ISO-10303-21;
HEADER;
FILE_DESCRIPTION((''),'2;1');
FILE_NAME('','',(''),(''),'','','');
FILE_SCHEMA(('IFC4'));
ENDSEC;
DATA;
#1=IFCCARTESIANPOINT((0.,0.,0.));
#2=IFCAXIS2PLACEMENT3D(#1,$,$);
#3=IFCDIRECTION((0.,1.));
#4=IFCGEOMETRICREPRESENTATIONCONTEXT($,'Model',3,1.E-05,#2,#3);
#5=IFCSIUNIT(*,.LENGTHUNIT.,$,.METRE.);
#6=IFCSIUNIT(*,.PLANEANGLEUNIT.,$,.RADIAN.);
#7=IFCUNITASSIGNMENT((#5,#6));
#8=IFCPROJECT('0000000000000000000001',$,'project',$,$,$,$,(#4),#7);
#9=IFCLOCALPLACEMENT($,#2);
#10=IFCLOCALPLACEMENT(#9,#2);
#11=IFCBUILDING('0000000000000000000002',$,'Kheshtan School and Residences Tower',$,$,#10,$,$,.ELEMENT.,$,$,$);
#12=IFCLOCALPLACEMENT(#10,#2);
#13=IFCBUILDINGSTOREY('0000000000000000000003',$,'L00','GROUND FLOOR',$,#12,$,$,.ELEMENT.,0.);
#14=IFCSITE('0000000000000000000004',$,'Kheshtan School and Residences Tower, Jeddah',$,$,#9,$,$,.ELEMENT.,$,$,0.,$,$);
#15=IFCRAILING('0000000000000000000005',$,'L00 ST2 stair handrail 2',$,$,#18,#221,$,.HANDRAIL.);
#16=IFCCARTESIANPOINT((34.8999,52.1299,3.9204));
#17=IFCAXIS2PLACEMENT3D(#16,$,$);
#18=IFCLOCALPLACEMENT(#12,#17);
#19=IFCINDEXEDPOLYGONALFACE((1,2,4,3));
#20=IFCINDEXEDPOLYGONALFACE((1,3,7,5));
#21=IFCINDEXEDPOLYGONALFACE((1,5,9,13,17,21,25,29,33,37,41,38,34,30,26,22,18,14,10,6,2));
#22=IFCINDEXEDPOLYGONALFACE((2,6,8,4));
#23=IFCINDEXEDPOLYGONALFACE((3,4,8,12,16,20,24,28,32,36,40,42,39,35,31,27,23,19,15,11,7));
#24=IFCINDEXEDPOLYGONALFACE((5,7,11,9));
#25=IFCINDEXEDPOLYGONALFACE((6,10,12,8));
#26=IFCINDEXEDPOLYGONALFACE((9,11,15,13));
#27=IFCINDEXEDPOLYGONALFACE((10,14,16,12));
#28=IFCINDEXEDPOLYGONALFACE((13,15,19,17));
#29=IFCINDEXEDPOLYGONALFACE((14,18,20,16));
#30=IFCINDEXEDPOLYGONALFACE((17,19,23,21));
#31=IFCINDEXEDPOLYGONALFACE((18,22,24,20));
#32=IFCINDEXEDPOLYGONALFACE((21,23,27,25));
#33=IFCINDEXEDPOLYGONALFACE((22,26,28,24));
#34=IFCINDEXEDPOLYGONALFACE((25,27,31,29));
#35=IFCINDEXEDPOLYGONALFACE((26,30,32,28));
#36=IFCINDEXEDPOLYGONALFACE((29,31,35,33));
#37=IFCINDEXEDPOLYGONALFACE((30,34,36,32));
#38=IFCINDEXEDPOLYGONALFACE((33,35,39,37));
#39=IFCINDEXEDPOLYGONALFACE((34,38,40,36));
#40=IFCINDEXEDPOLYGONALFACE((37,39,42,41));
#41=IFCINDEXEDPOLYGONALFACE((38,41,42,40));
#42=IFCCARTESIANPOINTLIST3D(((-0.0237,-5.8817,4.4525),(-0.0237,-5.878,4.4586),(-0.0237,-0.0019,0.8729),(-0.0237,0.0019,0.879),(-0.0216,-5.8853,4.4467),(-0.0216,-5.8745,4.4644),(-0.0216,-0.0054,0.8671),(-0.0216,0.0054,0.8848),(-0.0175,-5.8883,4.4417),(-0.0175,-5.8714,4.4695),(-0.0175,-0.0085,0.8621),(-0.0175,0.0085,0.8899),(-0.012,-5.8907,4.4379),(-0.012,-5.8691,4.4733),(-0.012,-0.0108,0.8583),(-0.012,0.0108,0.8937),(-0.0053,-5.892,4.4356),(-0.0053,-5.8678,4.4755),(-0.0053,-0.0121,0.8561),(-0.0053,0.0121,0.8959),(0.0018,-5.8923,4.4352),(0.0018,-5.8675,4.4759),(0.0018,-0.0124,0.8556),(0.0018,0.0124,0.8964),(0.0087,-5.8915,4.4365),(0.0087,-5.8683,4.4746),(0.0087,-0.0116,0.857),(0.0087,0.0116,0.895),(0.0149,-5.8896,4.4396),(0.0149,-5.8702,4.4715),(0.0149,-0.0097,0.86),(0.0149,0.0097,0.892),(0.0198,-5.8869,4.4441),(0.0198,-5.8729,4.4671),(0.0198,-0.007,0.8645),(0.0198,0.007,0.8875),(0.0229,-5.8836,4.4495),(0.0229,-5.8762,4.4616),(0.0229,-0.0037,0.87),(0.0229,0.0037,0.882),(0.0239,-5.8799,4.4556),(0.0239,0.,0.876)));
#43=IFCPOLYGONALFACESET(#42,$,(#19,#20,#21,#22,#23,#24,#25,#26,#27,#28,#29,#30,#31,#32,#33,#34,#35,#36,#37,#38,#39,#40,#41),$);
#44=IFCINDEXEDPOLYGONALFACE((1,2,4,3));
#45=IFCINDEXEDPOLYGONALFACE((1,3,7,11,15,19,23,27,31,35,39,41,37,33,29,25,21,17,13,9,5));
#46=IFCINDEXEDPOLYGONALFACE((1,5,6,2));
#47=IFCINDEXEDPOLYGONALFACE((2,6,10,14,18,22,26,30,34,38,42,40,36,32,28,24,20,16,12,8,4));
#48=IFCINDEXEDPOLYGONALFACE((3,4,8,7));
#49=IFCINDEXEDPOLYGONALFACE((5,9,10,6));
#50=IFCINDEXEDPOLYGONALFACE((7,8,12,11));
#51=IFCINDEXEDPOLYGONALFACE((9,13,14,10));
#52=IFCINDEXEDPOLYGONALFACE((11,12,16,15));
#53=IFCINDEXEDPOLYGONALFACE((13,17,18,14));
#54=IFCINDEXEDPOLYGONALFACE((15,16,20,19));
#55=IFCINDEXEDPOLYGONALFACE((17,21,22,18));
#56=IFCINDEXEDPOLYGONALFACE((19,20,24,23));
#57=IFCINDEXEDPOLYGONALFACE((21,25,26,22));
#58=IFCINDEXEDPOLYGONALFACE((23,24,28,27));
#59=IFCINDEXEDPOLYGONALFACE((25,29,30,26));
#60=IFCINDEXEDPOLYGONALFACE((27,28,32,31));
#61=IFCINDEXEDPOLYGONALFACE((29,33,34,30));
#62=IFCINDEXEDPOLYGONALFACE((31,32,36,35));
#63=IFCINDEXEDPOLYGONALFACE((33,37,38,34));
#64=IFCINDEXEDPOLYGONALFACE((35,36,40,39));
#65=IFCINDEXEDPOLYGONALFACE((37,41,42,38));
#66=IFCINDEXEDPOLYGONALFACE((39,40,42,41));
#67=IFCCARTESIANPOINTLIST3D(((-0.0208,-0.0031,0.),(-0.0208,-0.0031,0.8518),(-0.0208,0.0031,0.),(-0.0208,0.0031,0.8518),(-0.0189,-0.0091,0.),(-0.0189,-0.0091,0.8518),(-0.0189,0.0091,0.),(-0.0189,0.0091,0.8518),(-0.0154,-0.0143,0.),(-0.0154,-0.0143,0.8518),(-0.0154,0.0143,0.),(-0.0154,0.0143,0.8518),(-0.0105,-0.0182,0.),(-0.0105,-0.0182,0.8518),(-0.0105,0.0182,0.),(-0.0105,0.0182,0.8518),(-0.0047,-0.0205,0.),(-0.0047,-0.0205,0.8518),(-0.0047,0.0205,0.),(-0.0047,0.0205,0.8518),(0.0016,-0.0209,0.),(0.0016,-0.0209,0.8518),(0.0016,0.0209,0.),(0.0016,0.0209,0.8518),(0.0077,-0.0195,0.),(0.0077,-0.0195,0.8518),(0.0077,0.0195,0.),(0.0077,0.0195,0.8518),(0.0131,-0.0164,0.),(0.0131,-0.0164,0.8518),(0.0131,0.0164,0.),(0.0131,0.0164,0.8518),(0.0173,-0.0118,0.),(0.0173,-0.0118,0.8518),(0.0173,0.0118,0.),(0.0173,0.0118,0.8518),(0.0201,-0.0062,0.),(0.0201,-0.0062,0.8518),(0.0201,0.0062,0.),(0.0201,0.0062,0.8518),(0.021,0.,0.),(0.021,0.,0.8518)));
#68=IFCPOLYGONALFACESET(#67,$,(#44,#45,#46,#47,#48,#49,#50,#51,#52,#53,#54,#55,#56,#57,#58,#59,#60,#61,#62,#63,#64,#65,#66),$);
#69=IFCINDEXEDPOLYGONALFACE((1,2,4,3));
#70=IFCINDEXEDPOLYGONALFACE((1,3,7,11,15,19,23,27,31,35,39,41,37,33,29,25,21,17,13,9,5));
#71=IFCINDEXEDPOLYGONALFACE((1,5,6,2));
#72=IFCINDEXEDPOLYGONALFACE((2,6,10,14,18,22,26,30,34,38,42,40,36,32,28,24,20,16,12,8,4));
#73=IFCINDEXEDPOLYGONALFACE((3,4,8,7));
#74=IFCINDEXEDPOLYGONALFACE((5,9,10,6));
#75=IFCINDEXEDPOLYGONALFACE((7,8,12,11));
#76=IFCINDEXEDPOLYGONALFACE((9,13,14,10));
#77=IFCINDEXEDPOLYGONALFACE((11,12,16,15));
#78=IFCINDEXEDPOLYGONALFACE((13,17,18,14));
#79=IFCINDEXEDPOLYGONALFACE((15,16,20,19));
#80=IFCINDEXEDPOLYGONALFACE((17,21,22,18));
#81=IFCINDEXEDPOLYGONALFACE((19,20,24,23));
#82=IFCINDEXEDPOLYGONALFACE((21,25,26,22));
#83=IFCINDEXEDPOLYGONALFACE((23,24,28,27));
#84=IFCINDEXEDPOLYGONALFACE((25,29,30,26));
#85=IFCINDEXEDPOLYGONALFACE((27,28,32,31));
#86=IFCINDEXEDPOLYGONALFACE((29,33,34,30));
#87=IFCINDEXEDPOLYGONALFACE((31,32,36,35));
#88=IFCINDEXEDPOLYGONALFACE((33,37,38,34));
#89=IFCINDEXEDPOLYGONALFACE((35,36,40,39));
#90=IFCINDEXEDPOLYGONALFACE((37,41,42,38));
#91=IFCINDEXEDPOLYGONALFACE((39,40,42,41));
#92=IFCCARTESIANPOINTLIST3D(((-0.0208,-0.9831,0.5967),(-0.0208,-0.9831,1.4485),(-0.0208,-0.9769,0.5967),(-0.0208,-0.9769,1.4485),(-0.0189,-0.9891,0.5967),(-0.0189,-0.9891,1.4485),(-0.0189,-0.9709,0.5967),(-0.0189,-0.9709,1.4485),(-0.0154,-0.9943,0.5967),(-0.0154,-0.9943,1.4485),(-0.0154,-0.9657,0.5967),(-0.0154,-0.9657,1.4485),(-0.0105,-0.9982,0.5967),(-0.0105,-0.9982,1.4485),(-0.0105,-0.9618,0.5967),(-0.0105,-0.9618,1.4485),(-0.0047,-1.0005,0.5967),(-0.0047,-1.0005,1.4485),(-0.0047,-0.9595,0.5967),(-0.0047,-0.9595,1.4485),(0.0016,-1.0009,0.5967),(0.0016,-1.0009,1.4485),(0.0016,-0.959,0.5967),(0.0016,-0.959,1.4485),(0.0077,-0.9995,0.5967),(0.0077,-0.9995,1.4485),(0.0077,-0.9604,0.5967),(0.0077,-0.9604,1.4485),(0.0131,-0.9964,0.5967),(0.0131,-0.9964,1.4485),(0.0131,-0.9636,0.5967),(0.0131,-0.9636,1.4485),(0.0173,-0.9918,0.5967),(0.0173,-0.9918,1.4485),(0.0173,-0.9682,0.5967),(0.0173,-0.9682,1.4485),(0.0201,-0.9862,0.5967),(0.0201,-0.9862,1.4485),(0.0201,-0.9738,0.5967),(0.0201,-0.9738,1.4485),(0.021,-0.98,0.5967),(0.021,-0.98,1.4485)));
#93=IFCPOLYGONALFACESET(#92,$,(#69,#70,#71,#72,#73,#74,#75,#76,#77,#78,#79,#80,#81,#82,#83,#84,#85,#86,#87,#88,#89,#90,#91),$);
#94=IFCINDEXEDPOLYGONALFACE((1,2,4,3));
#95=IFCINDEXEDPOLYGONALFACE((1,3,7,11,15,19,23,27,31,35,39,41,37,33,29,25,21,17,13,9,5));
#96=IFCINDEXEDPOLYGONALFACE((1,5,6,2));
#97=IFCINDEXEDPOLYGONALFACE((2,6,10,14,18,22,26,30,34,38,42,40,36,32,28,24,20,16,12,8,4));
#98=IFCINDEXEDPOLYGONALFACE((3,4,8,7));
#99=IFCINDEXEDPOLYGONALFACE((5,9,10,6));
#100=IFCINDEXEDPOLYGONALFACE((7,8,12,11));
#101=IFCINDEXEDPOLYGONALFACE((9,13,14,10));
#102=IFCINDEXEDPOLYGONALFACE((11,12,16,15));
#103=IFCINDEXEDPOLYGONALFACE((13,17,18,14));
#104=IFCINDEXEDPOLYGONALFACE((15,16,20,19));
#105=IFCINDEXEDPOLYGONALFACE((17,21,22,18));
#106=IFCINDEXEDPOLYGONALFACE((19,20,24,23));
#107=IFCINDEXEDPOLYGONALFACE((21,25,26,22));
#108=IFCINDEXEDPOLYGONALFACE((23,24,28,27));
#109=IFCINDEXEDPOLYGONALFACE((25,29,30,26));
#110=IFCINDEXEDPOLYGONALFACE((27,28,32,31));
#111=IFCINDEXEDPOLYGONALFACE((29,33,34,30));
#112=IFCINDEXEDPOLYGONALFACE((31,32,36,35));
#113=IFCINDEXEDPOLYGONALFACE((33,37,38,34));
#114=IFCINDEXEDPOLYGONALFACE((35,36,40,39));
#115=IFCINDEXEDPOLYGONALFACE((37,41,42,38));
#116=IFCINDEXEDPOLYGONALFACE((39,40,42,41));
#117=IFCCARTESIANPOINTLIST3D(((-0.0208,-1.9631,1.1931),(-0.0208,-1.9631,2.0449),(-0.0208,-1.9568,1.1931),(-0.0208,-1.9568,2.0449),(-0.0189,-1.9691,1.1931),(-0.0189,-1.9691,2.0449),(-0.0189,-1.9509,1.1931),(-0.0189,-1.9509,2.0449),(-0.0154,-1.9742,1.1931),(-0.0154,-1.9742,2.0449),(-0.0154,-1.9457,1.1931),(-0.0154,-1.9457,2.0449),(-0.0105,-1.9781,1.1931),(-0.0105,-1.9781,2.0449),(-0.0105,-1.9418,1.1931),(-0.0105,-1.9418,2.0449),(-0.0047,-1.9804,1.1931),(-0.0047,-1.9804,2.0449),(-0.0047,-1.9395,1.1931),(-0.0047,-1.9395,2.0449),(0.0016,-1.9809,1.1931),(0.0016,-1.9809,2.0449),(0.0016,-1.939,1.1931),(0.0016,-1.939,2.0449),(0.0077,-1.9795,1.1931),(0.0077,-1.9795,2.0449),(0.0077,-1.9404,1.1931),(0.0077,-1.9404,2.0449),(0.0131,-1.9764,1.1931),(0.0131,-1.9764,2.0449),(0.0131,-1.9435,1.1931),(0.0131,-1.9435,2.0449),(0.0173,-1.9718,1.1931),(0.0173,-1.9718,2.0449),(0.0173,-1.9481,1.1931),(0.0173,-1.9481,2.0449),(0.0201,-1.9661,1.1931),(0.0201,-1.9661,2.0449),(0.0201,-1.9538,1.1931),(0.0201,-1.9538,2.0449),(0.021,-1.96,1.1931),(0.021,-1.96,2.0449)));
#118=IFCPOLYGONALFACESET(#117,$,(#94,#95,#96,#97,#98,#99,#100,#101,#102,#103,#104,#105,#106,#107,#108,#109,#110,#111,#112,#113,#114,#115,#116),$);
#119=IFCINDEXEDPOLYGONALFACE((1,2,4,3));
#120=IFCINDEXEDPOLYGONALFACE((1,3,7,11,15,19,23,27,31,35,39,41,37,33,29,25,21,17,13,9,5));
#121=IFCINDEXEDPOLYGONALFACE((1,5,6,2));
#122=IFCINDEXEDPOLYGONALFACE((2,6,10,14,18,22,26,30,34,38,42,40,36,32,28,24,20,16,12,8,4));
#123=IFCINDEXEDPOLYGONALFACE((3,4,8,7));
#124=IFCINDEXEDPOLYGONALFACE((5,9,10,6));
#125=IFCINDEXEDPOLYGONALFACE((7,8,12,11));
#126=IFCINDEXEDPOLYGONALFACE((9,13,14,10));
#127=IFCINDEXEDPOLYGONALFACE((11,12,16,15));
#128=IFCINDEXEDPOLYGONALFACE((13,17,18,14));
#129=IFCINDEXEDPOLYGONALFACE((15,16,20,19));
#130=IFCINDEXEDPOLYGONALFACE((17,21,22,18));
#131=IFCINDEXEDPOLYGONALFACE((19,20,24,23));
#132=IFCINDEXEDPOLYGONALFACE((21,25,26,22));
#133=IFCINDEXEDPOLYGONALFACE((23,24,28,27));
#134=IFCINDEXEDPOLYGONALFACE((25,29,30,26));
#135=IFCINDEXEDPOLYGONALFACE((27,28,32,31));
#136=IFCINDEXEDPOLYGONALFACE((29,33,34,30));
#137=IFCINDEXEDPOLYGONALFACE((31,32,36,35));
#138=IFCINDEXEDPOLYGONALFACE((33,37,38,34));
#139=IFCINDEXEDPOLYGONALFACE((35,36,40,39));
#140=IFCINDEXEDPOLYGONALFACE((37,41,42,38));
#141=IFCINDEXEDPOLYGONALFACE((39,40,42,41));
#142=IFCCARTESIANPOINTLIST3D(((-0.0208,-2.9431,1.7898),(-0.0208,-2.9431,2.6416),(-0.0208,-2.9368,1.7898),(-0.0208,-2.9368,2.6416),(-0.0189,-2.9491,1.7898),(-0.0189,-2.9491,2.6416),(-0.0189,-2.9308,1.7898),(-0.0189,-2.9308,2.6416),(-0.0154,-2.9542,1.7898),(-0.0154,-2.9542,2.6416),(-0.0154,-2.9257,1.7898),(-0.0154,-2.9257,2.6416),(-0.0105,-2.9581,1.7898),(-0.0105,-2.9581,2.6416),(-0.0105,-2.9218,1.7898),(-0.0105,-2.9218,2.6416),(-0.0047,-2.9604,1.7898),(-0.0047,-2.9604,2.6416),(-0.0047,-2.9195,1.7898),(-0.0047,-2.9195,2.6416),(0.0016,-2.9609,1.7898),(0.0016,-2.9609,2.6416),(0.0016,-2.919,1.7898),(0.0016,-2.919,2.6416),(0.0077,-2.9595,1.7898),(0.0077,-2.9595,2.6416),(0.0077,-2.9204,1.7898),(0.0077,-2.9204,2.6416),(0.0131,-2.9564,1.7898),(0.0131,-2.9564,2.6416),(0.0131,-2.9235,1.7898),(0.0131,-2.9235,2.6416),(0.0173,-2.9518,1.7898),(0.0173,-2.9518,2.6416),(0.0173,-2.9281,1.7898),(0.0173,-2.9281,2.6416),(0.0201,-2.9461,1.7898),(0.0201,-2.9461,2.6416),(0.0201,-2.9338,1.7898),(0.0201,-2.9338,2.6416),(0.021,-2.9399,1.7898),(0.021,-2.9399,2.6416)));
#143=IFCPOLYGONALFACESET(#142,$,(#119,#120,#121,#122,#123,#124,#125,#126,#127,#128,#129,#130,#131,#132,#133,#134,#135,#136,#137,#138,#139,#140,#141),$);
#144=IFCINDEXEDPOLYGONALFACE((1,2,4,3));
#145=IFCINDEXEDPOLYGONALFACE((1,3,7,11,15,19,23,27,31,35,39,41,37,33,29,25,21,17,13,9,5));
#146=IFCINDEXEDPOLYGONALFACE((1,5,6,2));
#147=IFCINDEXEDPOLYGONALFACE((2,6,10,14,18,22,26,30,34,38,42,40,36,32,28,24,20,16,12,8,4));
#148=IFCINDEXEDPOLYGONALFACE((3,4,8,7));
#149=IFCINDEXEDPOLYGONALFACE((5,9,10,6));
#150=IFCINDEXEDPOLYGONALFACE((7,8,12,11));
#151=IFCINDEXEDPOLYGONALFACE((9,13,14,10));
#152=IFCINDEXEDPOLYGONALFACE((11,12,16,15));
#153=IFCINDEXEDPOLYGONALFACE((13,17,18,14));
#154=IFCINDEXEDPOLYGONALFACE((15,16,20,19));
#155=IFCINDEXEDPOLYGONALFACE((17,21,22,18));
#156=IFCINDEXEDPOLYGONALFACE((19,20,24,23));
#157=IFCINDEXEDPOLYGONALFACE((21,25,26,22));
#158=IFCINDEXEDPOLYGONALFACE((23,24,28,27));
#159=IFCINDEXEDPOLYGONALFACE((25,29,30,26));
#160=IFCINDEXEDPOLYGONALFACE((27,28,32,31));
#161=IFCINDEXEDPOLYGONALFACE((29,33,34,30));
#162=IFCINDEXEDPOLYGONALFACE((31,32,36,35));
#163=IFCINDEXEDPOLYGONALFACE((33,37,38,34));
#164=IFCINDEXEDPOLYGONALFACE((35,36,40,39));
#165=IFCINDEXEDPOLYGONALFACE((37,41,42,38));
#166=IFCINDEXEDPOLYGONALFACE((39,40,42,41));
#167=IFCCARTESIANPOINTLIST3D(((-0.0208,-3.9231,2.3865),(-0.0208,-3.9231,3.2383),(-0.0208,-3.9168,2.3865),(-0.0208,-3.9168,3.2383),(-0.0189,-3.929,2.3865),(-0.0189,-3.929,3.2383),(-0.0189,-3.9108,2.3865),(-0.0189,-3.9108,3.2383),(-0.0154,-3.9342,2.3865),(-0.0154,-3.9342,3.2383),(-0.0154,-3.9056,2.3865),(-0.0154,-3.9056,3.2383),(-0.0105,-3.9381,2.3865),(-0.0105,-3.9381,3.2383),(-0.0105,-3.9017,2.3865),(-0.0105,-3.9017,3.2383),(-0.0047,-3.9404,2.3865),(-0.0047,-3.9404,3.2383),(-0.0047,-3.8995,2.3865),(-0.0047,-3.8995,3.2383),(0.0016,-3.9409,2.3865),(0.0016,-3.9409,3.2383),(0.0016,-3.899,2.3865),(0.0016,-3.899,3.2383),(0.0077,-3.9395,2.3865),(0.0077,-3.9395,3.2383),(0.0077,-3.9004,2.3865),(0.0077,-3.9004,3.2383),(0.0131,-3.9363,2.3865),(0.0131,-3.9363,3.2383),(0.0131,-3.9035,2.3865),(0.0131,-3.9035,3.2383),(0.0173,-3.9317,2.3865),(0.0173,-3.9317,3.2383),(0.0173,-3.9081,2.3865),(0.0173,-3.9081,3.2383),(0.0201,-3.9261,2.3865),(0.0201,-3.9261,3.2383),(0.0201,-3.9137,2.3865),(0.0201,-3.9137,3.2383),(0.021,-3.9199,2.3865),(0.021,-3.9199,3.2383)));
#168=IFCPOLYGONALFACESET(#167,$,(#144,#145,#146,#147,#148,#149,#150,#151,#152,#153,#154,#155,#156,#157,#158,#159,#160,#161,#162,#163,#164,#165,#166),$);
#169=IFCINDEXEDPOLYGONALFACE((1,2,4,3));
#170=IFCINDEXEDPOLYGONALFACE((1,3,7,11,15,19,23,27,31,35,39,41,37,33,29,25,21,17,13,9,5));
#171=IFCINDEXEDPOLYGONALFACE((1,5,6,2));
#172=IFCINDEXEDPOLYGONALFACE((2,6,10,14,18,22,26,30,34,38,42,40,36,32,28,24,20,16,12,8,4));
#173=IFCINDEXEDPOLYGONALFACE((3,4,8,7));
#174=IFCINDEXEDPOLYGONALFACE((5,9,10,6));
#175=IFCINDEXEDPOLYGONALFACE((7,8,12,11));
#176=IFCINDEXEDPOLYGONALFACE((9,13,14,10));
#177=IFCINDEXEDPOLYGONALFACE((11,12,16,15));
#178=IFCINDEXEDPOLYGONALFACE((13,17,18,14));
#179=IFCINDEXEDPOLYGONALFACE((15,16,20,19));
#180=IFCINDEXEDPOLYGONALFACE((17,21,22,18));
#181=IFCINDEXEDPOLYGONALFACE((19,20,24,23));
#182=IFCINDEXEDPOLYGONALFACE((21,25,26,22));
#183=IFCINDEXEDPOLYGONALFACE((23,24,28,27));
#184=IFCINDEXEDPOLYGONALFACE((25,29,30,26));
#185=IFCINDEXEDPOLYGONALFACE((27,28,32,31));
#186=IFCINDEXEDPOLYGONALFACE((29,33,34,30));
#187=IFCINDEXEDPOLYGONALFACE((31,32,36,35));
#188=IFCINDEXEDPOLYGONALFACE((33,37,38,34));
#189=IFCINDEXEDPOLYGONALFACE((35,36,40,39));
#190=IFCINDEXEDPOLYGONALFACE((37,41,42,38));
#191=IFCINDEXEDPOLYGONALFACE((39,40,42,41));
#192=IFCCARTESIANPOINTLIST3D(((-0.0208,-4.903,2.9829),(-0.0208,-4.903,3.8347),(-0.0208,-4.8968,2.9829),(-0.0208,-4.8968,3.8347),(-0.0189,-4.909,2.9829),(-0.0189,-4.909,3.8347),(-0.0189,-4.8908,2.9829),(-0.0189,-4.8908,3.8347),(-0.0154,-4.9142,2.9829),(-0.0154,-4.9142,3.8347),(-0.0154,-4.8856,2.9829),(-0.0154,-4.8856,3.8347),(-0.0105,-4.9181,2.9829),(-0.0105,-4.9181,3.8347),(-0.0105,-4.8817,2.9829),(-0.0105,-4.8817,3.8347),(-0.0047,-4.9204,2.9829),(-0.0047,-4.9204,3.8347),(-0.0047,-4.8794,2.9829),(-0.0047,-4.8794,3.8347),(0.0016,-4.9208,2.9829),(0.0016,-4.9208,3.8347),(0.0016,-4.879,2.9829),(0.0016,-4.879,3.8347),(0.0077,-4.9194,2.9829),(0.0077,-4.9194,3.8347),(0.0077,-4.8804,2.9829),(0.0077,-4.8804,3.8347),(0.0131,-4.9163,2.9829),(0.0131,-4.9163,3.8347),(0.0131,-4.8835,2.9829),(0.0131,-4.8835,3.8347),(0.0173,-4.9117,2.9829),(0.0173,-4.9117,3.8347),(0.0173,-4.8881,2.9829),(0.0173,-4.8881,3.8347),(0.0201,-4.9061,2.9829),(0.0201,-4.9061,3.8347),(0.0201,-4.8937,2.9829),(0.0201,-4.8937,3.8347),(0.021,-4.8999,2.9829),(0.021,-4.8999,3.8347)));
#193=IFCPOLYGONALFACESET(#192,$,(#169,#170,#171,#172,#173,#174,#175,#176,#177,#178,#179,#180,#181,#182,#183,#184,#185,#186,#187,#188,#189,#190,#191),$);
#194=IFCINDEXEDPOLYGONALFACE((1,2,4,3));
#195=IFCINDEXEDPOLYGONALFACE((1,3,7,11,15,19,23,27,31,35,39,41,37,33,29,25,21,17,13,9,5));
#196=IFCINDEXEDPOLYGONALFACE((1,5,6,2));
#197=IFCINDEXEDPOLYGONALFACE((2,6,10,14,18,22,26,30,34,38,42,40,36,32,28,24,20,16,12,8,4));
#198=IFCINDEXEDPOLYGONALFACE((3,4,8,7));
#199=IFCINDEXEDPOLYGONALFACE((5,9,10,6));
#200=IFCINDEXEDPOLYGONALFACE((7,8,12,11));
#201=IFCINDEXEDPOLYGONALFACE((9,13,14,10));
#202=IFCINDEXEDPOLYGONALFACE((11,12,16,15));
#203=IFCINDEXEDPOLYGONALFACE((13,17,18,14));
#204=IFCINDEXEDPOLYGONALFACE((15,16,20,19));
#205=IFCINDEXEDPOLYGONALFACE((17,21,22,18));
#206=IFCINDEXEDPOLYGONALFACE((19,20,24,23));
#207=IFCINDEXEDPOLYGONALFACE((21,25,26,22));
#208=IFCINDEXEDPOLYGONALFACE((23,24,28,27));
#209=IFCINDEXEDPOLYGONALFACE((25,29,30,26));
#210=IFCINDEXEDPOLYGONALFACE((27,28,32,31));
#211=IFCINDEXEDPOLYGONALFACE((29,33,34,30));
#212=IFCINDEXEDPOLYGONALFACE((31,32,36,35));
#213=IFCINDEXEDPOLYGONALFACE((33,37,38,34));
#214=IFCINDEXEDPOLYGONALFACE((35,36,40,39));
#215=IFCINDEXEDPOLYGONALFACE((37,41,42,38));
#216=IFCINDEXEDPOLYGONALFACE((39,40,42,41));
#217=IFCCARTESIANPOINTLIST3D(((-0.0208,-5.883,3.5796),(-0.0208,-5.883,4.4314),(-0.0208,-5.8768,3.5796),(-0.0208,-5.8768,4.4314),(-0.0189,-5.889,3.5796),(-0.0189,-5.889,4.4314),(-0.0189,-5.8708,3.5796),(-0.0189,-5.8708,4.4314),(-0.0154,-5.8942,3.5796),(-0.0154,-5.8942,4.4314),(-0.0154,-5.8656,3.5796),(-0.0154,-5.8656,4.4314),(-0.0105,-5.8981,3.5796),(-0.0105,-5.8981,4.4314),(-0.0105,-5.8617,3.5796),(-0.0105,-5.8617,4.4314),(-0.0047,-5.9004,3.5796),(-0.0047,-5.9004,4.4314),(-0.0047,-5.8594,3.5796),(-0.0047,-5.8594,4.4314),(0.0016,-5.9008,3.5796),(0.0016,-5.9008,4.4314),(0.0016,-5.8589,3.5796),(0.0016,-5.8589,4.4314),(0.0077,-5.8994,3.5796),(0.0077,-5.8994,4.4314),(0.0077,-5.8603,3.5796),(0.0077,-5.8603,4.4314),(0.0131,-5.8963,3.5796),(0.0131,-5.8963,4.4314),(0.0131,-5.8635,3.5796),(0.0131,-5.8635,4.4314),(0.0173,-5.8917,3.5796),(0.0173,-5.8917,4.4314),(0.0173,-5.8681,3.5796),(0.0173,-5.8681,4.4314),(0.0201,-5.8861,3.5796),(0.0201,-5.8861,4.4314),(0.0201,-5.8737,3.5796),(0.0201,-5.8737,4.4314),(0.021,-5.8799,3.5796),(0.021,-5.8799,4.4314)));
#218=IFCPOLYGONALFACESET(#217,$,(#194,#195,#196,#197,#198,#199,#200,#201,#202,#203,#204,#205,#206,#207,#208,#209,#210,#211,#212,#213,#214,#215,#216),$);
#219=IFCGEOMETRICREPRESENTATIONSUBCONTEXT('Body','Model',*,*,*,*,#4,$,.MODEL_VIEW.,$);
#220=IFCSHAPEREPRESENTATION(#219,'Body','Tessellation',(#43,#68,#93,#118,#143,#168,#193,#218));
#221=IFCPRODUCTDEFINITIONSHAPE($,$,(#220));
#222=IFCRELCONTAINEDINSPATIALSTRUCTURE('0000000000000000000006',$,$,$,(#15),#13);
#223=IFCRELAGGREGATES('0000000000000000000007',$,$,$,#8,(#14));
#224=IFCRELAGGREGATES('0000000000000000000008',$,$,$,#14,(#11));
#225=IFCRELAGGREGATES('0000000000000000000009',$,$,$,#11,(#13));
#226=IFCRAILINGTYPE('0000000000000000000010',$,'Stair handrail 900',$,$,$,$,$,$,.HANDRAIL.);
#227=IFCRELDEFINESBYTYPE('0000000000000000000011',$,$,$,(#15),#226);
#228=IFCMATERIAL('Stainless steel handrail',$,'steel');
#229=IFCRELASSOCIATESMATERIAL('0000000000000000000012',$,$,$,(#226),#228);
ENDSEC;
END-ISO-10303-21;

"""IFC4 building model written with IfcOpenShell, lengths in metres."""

from ifc_helpers import new_model, si_unit, direction, frame, origin, origin_2d, place, context, subcontext, project, spatial, circle, extrude, material, type_object, element, save


model = new_model("IFC4")

# Units and contexts
model_context = context("Model", 3, precision=1e-05, world=origin(), true_north=direction((0.0, 1.0)))
body_context = subcontext(model_context, "Body", "Model", "MODEL_VIEW")
ifc_project = project(units=[si_unit("LENGTHUNIT", "METRE"), si_unit("PLANEANGLEUNIT", "RADIAN")], contexts=[model_context])

# Site, building, storey
site_placement = place(None, origin())
site = spatial("IfcSite", under=ifc_project, at=site_placement, Name="Kheshtan School and Residences Tower, Jeddah", CompositionType="ELEMENT", RefElevation=0.0)
building_placement = place(site_placement, origin())
building = spatial("IfcBuilding", under=site, at=building_placement, Name="Kheshtan School and Residences Tower", CompositionType="ELEMENT")
storey_placement = place(building_placement, origin())
storey = spatial("IfcBuildingStorey", under=building, at=storey_placement, Name="L00", Description="GROUND FLOOR", CompositionType="ELEMENT", Elevation=0.0)

# Railing
ifc_material_1 = material(Name="Stainless steel handrail", Category="steel")
railing_type_1 = type_object("IfcRailingType", Name="Stair handrail 900", PredefinedType="HANDRAIL", material=ifc_material_1)
railing_1_placement = place(storey_placement, frame((34.8999, 52.1299, 3.9204)))
element("IfcRailing", 1, at=railing_1_placement, inside=storey, type_object=railing_type_1, Name="L00 ST2 stair handrail 2", PredefinedType="HANDRAIL", context=body_context, shape_type="SweptSolid", body=[
    extrude(circle(Radius=0.0239, at=origin_2d()), frame((0.0, 0.0, 0.876), z_axis=(0.0, -0.854164, 0.520003), x_axis=(1.0, 0.0, 0.0)), (0.0, 0.0, 1.0), 6.8838),
    extrude(circle(Radius=0.021, at=origin_2d()), origin(), (0.0, 0.0, 1.0), 0.8518),
    extrude(circle(Radius=0.021, at=origin_2d()), frame((0.0, -0.98, 0.5967)), (0.0, 0.0, 1.0), 0.8518),
    extrude(circle(Radius=0.021, at=origin_2d()), frame((0.0, -1.96, 1.1931)), (0.0, 0.0, 1.0), 0.8518),
    extrude(circle(Radius=0.021, at=origin_2d()), frame((0.0, -2.9399, 1.7898)), (0.0, 0.0, 1.0), 0.8518),
    extrude(circle(Radius=0.021, at=origin_2d()), frame((0.0, -3.9199, 2.3865)), (0.0, 0.0, 1.0), 0.8518),
    extrude(circle(Radius=0.021, at=origin_2d()), frame((0.0, -4.8999, 2.9829)), (0.0, 0.0, 1.0), 0.8518),
    extrude(circle(Radius=0.021, at=origin_2d()), frame((0.0, -5.8799, 3.5796)), (0.0, 0.0, 1.0), 0.8518),
])

save(model, "model.ifc")
